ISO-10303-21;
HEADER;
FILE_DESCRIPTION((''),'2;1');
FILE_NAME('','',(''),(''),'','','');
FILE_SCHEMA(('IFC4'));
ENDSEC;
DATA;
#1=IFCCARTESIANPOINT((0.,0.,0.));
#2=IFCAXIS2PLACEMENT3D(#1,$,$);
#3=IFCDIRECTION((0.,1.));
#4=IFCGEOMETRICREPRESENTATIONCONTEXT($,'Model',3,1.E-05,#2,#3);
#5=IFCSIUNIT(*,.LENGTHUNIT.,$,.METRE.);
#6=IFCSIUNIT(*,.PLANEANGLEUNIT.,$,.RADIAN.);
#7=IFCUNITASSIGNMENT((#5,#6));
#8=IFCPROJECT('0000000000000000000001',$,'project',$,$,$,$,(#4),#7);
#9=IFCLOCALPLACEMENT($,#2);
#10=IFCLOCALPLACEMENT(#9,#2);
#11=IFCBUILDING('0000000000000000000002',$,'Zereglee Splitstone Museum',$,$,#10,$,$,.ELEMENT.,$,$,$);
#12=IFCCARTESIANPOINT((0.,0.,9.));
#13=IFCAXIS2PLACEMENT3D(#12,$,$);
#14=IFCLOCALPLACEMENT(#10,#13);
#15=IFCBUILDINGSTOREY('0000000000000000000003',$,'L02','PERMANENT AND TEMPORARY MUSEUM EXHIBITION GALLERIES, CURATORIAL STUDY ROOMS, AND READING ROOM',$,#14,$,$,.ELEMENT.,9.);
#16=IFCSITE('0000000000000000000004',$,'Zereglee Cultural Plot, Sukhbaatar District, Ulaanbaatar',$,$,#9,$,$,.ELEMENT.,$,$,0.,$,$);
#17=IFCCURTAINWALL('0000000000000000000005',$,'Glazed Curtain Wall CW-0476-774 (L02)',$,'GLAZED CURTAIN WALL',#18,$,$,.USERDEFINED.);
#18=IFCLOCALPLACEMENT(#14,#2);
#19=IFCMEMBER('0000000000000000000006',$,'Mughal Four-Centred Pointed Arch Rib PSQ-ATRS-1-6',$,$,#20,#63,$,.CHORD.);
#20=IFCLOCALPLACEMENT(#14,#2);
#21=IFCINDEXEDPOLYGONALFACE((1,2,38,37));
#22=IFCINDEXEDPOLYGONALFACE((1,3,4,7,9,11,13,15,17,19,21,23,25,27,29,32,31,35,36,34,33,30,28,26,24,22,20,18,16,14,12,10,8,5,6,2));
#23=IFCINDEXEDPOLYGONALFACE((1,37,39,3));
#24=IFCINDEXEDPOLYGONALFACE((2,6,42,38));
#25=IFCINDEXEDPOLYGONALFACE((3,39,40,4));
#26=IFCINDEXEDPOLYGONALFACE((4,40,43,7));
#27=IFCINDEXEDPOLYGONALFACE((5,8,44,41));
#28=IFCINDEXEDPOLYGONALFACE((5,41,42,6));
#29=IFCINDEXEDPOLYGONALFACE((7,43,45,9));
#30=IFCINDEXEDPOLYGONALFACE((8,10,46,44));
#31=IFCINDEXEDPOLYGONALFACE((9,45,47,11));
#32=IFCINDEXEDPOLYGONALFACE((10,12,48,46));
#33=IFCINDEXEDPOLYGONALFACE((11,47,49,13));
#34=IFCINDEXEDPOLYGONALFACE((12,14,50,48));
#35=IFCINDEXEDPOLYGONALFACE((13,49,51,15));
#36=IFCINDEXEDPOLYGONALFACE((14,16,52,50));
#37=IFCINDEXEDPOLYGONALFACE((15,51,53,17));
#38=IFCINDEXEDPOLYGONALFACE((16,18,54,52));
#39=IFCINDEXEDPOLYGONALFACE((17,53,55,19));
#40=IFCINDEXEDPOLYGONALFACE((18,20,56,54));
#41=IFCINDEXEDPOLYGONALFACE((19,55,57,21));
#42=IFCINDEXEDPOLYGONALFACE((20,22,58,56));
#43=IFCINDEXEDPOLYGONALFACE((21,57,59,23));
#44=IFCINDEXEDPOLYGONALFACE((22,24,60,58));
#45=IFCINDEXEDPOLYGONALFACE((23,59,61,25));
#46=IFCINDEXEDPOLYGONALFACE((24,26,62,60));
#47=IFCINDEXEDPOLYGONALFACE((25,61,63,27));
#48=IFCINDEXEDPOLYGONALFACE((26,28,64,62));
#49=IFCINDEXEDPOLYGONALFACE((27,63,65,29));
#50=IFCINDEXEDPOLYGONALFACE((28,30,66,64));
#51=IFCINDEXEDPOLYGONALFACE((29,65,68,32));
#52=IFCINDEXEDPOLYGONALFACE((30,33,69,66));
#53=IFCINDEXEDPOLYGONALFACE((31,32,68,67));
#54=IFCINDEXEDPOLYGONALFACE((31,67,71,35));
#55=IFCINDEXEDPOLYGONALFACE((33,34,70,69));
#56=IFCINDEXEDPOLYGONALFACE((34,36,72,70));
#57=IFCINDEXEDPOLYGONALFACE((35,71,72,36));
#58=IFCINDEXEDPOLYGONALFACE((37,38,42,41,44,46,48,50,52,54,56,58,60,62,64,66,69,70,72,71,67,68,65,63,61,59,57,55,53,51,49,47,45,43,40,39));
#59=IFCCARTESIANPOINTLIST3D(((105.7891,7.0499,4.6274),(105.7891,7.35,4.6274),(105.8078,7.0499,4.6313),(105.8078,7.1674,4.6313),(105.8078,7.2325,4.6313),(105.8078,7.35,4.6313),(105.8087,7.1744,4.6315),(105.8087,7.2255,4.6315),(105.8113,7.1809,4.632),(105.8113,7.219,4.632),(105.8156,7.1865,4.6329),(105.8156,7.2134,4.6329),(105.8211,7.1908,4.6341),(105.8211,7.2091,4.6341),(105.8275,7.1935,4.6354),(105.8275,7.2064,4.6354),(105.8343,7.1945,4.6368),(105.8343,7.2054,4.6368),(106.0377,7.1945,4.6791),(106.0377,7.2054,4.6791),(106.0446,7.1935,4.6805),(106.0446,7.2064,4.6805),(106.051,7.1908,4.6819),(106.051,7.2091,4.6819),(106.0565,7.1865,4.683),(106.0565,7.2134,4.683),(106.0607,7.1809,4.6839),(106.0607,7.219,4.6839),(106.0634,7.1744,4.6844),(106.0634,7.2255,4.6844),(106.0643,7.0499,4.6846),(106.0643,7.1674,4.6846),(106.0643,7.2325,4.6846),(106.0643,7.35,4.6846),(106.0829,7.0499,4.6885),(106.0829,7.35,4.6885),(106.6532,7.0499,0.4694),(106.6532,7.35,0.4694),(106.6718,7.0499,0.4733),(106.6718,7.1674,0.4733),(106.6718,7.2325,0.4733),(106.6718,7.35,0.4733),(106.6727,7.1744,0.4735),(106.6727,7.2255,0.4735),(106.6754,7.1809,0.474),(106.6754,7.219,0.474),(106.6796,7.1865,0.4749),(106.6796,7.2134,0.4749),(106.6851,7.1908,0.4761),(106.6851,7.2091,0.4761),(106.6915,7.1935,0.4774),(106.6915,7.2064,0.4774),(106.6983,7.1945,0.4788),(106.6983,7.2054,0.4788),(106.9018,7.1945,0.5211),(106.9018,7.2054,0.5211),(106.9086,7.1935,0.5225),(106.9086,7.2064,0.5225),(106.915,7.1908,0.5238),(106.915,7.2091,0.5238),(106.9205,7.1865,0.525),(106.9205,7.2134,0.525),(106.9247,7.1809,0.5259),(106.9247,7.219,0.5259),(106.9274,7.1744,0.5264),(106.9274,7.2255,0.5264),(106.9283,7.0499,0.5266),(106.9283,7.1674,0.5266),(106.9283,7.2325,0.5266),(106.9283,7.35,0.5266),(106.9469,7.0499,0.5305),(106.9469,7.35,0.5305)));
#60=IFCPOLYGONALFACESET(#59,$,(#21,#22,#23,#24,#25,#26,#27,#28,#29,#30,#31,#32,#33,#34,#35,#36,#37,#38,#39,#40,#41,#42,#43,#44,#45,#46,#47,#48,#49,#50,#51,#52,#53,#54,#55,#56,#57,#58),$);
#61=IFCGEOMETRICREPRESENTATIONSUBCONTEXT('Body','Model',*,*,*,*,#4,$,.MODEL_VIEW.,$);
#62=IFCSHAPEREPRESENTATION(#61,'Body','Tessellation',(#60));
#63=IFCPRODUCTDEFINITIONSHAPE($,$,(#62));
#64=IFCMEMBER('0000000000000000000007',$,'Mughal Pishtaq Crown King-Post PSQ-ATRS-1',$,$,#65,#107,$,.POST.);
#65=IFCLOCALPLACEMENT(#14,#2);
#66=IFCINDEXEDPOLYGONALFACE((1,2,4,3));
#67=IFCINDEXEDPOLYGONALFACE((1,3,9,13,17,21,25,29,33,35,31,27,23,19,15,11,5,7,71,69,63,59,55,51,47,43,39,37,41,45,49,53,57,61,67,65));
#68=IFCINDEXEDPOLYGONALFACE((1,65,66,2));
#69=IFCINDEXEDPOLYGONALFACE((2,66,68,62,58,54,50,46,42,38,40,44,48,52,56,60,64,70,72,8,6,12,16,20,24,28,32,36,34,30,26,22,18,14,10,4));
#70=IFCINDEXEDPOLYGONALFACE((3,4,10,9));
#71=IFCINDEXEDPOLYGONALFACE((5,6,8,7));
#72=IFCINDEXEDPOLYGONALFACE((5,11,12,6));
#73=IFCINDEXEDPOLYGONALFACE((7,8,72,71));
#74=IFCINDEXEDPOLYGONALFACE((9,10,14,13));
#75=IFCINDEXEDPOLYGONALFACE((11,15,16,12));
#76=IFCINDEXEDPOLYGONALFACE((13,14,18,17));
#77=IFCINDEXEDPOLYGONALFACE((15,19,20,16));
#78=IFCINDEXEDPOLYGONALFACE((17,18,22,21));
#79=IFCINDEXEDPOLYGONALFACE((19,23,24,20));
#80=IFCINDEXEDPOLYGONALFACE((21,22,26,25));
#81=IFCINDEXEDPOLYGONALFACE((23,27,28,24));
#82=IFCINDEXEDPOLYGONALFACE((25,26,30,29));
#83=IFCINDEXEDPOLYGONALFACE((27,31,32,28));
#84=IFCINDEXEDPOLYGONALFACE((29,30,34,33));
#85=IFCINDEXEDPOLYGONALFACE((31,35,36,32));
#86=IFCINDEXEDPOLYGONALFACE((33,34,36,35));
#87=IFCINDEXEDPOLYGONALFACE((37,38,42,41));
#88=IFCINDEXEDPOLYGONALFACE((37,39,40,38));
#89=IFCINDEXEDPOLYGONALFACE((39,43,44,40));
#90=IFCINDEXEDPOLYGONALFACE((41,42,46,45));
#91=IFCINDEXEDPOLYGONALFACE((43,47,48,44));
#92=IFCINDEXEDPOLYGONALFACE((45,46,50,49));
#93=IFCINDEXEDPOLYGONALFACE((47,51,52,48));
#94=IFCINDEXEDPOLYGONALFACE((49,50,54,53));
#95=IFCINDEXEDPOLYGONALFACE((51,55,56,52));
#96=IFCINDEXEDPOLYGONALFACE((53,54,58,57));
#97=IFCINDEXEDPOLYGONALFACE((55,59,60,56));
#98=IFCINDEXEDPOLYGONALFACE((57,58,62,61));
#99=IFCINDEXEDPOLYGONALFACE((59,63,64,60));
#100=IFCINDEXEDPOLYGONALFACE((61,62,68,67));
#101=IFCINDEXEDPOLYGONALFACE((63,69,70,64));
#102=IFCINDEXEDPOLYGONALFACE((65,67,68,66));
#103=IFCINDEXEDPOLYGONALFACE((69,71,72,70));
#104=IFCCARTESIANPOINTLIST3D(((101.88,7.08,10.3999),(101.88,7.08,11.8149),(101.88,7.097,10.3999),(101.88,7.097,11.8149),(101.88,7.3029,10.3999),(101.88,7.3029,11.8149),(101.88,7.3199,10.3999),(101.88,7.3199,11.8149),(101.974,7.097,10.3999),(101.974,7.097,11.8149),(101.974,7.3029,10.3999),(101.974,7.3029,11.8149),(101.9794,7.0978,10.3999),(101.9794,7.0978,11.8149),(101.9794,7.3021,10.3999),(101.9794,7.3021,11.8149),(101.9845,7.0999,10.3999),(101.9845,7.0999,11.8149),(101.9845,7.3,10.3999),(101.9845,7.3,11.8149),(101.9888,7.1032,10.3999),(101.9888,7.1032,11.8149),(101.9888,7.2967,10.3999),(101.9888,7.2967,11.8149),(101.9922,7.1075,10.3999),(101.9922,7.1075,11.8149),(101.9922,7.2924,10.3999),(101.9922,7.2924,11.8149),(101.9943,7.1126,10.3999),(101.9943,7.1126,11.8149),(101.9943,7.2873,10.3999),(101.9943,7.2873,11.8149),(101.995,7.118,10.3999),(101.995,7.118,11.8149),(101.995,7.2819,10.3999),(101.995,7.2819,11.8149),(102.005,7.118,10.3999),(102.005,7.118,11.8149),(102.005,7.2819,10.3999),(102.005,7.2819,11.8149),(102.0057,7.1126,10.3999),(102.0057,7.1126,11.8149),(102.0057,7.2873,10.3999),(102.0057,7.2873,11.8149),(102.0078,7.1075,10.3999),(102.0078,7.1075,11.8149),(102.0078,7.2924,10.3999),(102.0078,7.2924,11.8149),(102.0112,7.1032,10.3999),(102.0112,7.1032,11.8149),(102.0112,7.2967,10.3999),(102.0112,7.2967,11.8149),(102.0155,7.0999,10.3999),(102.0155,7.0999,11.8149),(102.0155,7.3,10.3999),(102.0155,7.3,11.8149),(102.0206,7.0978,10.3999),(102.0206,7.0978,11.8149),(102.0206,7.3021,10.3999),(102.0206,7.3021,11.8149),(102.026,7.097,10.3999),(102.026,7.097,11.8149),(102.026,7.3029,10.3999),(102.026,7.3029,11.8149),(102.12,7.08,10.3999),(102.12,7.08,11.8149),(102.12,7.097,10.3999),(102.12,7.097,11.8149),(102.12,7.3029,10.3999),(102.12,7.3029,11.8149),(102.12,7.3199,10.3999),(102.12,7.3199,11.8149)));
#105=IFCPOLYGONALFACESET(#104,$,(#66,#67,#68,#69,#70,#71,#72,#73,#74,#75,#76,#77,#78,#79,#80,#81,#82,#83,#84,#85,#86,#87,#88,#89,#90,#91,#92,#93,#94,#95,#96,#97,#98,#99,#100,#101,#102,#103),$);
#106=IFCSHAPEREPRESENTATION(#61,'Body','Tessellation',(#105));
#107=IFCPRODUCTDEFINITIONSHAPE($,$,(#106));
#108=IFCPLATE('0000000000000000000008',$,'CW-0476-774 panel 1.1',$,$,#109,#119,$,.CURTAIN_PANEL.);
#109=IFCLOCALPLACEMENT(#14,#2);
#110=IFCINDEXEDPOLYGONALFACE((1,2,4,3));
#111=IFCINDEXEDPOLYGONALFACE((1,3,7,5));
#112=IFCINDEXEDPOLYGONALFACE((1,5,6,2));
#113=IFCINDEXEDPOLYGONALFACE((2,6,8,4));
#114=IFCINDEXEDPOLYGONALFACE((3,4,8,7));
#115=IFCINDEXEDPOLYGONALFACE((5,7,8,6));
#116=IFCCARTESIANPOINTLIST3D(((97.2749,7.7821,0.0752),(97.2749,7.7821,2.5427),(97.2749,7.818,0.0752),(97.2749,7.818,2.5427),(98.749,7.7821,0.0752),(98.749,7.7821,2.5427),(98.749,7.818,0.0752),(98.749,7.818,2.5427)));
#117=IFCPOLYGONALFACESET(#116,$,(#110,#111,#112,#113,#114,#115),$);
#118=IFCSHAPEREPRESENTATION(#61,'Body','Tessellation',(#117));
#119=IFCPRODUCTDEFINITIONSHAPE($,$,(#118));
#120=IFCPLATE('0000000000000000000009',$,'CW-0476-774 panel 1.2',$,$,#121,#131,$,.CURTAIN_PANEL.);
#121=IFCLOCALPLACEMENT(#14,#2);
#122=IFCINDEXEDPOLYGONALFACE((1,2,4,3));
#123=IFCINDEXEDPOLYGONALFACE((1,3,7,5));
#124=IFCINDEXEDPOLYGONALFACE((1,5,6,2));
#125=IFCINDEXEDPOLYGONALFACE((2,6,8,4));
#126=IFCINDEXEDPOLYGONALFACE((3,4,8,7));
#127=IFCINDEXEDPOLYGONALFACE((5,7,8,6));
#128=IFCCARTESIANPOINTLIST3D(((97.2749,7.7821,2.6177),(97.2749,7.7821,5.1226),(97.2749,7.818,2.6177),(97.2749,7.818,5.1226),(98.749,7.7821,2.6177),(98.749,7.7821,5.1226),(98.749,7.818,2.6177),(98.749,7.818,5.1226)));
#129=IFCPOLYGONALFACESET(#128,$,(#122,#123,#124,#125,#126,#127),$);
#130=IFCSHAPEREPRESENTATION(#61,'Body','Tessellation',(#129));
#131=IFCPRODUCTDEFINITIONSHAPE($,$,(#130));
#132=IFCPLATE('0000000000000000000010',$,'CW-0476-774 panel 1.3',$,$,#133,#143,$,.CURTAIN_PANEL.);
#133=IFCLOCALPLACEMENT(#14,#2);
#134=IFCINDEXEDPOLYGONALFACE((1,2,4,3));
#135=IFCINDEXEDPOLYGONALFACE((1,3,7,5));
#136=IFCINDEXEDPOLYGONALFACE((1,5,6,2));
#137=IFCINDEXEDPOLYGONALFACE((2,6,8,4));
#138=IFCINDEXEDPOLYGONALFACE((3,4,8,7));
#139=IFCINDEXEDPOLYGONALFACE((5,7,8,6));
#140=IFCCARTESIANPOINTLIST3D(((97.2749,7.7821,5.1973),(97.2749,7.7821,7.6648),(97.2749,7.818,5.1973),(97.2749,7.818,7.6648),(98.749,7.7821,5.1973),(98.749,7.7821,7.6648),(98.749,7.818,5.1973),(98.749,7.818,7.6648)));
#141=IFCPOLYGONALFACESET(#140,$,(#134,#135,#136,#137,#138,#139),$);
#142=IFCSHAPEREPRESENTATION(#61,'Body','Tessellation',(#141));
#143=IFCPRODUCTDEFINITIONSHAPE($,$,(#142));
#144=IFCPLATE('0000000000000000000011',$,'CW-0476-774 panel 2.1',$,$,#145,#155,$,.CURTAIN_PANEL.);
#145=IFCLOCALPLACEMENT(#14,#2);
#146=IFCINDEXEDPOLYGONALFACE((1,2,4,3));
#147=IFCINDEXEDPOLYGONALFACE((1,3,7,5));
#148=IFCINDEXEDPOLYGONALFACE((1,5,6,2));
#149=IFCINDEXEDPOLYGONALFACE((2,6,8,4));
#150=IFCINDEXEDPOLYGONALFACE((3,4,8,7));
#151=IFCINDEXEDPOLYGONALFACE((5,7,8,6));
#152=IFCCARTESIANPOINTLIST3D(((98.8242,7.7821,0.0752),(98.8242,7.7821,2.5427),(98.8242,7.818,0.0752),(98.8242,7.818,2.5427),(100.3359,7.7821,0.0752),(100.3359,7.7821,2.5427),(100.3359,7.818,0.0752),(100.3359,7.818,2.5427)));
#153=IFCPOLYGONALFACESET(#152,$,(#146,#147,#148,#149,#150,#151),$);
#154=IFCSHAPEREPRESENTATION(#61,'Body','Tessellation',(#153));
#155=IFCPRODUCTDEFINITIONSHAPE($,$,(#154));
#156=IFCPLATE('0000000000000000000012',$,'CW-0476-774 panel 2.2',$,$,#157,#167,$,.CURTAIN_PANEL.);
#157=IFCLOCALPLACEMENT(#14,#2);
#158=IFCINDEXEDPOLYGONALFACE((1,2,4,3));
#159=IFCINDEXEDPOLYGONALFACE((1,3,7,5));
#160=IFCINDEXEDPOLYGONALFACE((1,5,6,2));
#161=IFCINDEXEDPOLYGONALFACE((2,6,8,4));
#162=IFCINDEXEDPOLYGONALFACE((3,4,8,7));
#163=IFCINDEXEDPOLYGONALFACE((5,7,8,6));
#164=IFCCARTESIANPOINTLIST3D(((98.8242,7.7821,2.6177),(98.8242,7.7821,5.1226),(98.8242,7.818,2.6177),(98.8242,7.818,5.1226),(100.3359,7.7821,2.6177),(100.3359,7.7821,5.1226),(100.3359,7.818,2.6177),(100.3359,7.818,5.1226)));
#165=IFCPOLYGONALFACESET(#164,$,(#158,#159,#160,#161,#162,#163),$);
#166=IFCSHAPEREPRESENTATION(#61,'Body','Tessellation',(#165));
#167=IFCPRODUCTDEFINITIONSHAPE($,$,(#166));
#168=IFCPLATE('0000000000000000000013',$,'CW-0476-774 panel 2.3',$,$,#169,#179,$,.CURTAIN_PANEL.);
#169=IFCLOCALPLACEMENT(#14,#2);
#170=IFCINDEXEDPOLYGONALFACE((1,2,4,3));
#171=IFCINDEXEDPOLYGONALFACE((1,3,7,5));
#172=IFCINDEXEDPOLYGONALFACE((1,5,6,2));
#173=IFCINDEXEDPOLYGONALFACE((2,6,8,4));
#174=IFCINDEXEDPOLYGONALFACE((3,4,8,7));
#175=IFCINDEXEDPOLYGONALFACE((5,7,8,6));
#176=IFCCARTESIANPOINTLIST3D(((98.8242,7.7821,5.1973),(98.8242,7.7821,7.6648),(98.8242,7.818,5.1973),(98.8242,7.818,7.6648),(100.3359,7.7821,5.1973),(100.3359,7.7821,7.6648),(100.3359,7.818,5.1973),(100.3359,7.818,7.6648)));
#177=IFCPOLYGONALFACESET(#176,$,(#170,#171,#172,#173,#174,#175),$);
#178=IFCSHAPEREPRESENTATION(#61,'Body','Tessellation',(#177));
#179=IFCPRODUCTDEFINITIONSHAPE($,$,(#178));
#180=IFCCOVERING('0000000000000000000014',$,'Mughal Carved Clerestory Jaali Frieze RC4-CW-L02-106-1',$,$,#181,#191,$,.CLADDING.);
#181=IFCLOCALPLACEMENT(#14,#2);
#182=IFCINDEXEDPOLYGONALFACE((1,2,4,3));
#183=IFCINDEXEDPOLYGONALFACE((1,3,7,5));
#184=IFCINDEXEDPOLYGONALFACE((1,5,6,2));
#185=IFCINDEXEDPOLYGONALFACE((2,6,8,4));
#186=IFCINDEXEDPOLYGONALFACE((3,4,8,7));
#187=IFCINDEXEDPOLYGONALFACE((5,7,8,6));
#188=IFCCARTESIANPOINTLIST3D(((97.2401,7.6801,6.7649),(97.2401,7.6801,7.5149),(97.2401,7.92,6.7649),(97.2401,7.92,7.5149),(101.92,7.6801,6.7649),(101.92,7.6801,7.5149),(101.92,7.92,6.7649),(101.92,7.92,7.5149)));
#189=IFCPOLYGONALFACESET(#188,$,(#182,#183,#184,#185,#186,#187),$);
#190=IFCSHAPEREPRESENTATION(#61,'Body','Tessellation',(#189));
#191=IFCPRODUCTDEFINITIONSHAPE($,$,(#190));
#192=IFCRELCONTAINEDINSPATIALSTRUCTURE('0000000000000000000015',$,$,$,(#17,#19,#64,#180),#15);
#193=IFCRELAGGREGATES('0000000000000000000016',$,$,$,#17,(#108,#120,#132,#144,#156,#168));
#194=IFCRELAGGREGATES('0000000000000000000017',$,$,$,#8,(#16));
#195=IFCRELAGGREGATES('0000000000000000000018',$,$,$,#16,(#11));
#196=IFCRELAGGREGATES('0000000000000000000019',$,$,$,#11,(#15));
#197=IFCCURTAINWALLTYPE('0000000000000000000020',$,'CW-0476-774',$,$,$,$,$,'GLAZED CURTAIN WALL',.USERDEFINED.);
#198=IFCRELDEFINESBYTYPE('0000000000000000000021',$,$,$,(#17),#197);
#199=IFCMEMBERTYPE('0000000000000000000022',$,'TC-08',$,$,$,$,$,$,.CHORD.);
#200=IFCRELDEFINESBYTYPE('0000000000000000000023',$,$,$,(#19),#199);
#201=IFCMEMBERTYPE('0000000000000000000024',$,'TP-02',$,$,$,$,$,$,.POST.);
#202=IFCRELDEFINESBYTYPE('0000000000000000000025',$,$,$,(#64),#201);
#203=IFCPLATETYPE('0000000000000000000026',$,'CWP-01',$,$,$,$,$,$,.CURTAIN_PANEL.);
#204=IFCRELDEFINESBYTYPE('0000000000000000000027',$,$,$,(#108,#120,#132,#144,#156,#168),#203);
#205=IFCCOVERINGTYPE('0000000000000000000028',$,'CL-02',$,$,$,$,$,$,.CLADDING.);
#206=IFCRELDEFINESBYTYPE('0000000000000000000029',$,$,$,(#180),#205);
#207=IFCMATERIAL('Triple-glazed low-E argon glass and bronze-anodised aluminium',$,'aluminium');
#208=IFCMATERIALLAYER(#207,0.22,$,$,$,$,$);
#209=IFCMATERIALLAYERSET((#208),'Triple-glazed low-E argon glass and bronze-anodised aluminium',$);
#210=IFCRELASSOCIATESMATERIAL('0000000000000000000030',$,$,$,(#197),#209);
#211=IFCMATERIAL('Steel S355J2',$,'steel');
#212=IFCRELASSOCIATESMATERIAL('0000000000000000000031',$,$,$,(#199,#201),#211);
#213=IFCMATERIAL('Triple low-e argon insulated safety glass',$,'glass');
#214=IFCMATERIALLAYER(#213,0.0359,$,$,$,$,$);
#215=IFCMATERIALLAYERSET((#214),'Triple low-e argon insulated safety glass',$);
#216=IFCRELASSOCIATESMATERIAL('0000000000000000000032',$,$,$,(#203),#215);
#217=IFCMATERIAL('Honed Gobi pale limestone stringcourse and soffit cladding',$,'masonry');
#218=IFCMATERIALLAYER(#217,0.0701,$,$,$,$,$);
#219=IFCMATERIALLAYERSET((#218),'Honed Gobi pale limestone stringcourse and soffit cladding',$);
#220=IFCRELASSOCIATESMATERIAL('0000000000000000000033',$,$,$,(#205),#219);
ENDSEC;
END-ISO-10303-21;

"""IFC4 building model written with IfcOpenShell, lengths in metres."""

from ifc_helpers import new_model, si_unit, direction, frame, origin, origin_2d, place, context, subcontext, project, spatial, rectangle, i_section, extrude, material, layer, layer_set, material_profile, profile_set, type_object, element, aggregate, save


model = new_model("IFC4")

# Units and contexts
model_context = context("Model", 3, precision=1e-05, world=origin(), true_north=direction((0.0, 1.0)))
body_context = subcontext(model_context, "Body", "Model", "MODEL_VIEW")
ifc_project = project(units=[si_unit("LENGTHUNIT", "METRE"), si_unit("PLANEANGLEUNIT", "RADIAN")], contexts=[model_context])

# Site, building, storey
site_placement = place(None, origin())
site = spatial("IfcSite", under=ifc_project, at=site_placement, Name="Zereglee Cultural Plot, Sukhbaatar District, Ulaanbaatar", CompositionType="ELEMENT", RefElevation=0.0)
building_placement = place(site_placement, origin())
building = spatial("IfcBuilding", under=site, at=building_placement, Name="Zereglee Splitstone Museum", CompositionType="ELEMENT")
storey_placement = place(building_placement, frame((0.0, 0.0, 9.0)))
storey = spatial("IfcBuildingStorey", under=building, at=storey_placement, Name="L02", Description="PERMANENT AND TEMPORARY MUSEUM EXHIBITION GALLERIES, CURATORIAL STUDY ROOMS, AND READING ROOM", CompositionType="ELEMENT", Elevation=9.0)

# Curtain wall
ifc_material_1 = material(Name="Triple-glazed low-E argon glass and bronze-anodised aluminium", Category="aluminium")
ifc_layer_1 = layer(ifc_material_1, 0.22)
ifc_layer_set_1 = layer_set([ifc_layer_1], Name="Triple-glazed low-E argon glass and bronze-anodised aluminium")
curtain_wall_type = type_object("IfcCurtainWallType", Name="CW-0476-774", ElementType="GLAZED CURTAIN WALL", PredefinedType="USERDEFINED", material=ifc_layer_set_1)
curtain_wall_placement = place(storey_placement, origin())
curtain_wall = element("IfcCurtainWall", 1, at=curtain_wall_placement, inside=storey, type_object=curtain_wall_type, Name="Glazed Curtain Wall CW-0476-774 (L02)", ObjectType="GLAZED CURTAIN WALL", PredefinedType="USERDEFINED")

# Members
ifc_material_2 = material(Name="Steel S355J2", Category="steel")
ifc_material_profile_1 = material_profile(ifc_material_2, i_section(OverallWidth=0.3, OverallDepth=0.3, WebThickness=0.011, FlangeThickness=0.019, FilletRadius=0.0271, at=origin_2d()), Name="HE 300 B")
ifc_profile_set_1 = profile_set([ifc_material_profile_1], Name="Steel S355J2")
member_type_1 = type_object("IfcMemberType", Name="TC-08", PredefinedType="CHORD", material=ifc_profile_set_1)
member_1_placement = place(storey_placement, frame((105.936, 7.2, 4.658), z_axis=(0.203451, 0.0, -0.979085), x_axis=(0.0, 1.0, 0.0)))
element("IfcMember", 2, at=member_1_placement, inside=storey, type_object=member_type_1, Name="Mughal Four-Centred Pointed Arch Rib PSQ-ATRS-1-6", PredefinedType="CHORD", context=body_context, shape_type="SweptSolid", body=[
    extrude(i_section(OverallWidth=0.3, OverallDepth=0.3, WebThickness=0.011, FlangeThickness=0.019, FilletRadius=0.0271, at=origin_2d()), origin(), (0.0, 0.0, 1.0), 4.2468),
])
ifc_material_profile_2 = material_profile(ifc_material_2, i_section(OverallWidth=0.24, OverallDepth=0.24, WebThickness=0.01, FlangeThickness=0.0171, FilletRadius=0.021, at=origin_2d()), Name="HE 240 B")
ifc_profile_set_2 = profile_set([ifc_material_profile_2], Name="Steel S355J2")
member_type_2 = type_object("IfcMemberType", Name="TP-02", PredefinedType="POST", material=ifc_profile_set_2)
member_2_placement = place(storey_placement, frame((102.0, 7.2, 10.3999), z_axis=(0.0, 0.0, 1.0), x_axis=(1.0, 0.0, 0.0)))
element("IfcMember", 3, at=member_2_placement, inside=storey, type_object=member_type_2, Name="Mughal Pishtaq Crown King-Post PSQ-ATRS-1", PredefinedType="POST", context=body_context, shape_type="SweptSolid", body=[
    extrude(i_section(OverallWidth=0.24, OverallDepth=0.24, WebThickness=0.01, FlangeThickness=0.0171, FilletRadius=0.021, at=origin_2d()), origin(), (0.0, 0.0, 1.0), 1.415),
])

# Plates
ifc_material_3 = material(Name="Triple low-e argon insulated safety glass", Category="glass")
ifc_layer_2 = layer(ifc_material_3, 0.0359)
ifc_layer_set_2 = layer_set([ifc_layer_2], Name="Triple low-e argon insulated safety glass")
plate_type = type_object("IfcPlateType", Name="CWP-01", PredefinedType="CURTAIN_PANEL", material=ifc_layer_set_2)
plate_1_placement = place(storey_placement, frame((98.012, 7.8, 0.0752), z_axis=(0.0, 0.0, 1.0), x_axis=(1.0, 0.0, 0.0)))
plate_1 = element("IfcPlate", 4, at=plate_1_placement, type_object=plate_type, Name="CW-0476-774 panel 1.1", PredefinedType="CURTAIN_PANEL", context=body_context, shape_type="SweptSolid", body=[
    extrude(rectangle(XDim=1.4741, YDim=0.0359, at=origin_2d()), origin(), (0.0, 0.0, 1.0), 2.4675),
])
plate_2_placement = place(storey_placement, frame((98.012, 7.8, 2.6177), z_axis=(0.0, 0.0, 1.0), x_axis=(1.0, 0.0, 0.0)))
plate_2 = element("IfcPlate", 5, at=plate_2_placement, type_object=plate_type, Name="CW-0476-774 panel 1.2", PredefinedType="CURTAIN_PANEL", context=body_context, shape_type="SweptSolid", body=[
    extrude(rectangle(XDim=1.4741, YDim=0.0359, at=origin_2d()), origin(), (0.0, 0.0, 1.0), 2.5049),
])
plate_3_placement = place(storey_placement, frame((98.012, 7.8, 5.1973), z_axis=(0.0, 0.0, 1.0), x_axis=(1.0, 0.0, 0.0)))
plate_3 = element("IfcPlate", 6, at=plate_3_placement, type_object=plate_type, Name="CW-0476-774 panel 1.3", PredefinedType="CURTAIN_PANEL", context=body_context, shape_type="SweptSolid", body=[
    extrude(rectangle(XDim=1.4741, YDim=0.0359, at=origin_2d()), origin(), (0.0, 0.0, 1.0), 2.4675),
])
plate_4_placement = place(storey_placement, frame((99.5801, 7.8, 0.0752), z_axis=(0.0, 0.0, 1.0), x_axis=(1.0, 0.0, 0.0)))
plate_4 = element("IfcPlate", 7, at=plate_4_placement, type_object=plate_type, Name="CW-0476-774 panel 2.1", PredefinedType="CURTAIN_PANEL", context=body_context, shape_type="SweptSolid", body=[
    extrude(rectangle(XDim=1.5117, YDim=0.0359, at=origin_2d()), origin(), (0.0, 0.0, 1.0), 2.4675),
])
plate_5_placement = place(storey_placement, frame((99.5801, 7.8, 2.6177), z_axis=(0.0, 0.0, 1.0), x_axis=(1.0, 0.0, 0.0)))
plate_5 = element("IfcPlate", 8, at=plate_5_placement, type_object=plate_type, Name="CW-0476-774 panel 2.2", PredefinedType="CURTAIN_PANEL", context=body_context, shape_type="SweptSolid", body=[
    extrude(rectangle(XDim=1.5117, YDim=0.0359, at=origin_2d()), origin(), (0.0, 0.0, 1.0), 2.5049),
])
plate_6_placement = place(storey_placement, frame((99.5801, 7.8, 5.1973), z_axis=(0.0, 0.0, 1.0), x_axis=(1.0, 0.0, 0.0)))
plate_6 = element("IfcPlate", 9, at=plate_6_placement, type_object=plate_type, Name="CW-0476-774 panel 2.3", PredefinedType="CURTAIN_PANEL", context=body_context, shape_type="SweptSolid", body=[
    extrude(rectangle(XDim=1.5117, YDim=0.0359, at=origin_2d()), origin(), (0.0, 0.0, 1.0), 2.4675),
])
aggregate(curtain_wall, [plate_1, plate_2, plate_3, plate_4, plate_5, plate_6])

# Covering
ifc_material_4 = material(Name="Honed Gobi pale limestone stringcourse and soffit cladding", Category="masonry")
ifc_layer_3 = layer(ifc_material_4, 0.0701)
ifc_layer_set_3 = layer_set([ifc_layer_3], Name="Honed Gobi pale limestone stringcourse and soffit cladding")
covering_type_1 = type_object("IfcCoveringType", Name="CL-02", PredefinedType="CLADDING", material=ifc_layer_set_3)
covering_1_placement = place(storey_placement, frame((99.5801, 7.8, 6.7649), z_axis=(0.0, 0.0, 1.0), x_axis=(1.0, 0.0, 0.0)))
element("IfcCovering", 10, at=covering_1_placement, inside=storey, type_object=covering_type_1, Name="Mughal Carved Clerestory Jaali Frieze RC4-CW-L02-106-1", PredefinedType="CLADDING", context=body_context, shape_type="SweptSolid", body=[
    extrude(rectangle(XDim=4.6799, YDim=0.24, at=origin_2d()), origin(), (0.0, 0.0, 1.0), 0.75),
])

save(model, "model.ifc")
